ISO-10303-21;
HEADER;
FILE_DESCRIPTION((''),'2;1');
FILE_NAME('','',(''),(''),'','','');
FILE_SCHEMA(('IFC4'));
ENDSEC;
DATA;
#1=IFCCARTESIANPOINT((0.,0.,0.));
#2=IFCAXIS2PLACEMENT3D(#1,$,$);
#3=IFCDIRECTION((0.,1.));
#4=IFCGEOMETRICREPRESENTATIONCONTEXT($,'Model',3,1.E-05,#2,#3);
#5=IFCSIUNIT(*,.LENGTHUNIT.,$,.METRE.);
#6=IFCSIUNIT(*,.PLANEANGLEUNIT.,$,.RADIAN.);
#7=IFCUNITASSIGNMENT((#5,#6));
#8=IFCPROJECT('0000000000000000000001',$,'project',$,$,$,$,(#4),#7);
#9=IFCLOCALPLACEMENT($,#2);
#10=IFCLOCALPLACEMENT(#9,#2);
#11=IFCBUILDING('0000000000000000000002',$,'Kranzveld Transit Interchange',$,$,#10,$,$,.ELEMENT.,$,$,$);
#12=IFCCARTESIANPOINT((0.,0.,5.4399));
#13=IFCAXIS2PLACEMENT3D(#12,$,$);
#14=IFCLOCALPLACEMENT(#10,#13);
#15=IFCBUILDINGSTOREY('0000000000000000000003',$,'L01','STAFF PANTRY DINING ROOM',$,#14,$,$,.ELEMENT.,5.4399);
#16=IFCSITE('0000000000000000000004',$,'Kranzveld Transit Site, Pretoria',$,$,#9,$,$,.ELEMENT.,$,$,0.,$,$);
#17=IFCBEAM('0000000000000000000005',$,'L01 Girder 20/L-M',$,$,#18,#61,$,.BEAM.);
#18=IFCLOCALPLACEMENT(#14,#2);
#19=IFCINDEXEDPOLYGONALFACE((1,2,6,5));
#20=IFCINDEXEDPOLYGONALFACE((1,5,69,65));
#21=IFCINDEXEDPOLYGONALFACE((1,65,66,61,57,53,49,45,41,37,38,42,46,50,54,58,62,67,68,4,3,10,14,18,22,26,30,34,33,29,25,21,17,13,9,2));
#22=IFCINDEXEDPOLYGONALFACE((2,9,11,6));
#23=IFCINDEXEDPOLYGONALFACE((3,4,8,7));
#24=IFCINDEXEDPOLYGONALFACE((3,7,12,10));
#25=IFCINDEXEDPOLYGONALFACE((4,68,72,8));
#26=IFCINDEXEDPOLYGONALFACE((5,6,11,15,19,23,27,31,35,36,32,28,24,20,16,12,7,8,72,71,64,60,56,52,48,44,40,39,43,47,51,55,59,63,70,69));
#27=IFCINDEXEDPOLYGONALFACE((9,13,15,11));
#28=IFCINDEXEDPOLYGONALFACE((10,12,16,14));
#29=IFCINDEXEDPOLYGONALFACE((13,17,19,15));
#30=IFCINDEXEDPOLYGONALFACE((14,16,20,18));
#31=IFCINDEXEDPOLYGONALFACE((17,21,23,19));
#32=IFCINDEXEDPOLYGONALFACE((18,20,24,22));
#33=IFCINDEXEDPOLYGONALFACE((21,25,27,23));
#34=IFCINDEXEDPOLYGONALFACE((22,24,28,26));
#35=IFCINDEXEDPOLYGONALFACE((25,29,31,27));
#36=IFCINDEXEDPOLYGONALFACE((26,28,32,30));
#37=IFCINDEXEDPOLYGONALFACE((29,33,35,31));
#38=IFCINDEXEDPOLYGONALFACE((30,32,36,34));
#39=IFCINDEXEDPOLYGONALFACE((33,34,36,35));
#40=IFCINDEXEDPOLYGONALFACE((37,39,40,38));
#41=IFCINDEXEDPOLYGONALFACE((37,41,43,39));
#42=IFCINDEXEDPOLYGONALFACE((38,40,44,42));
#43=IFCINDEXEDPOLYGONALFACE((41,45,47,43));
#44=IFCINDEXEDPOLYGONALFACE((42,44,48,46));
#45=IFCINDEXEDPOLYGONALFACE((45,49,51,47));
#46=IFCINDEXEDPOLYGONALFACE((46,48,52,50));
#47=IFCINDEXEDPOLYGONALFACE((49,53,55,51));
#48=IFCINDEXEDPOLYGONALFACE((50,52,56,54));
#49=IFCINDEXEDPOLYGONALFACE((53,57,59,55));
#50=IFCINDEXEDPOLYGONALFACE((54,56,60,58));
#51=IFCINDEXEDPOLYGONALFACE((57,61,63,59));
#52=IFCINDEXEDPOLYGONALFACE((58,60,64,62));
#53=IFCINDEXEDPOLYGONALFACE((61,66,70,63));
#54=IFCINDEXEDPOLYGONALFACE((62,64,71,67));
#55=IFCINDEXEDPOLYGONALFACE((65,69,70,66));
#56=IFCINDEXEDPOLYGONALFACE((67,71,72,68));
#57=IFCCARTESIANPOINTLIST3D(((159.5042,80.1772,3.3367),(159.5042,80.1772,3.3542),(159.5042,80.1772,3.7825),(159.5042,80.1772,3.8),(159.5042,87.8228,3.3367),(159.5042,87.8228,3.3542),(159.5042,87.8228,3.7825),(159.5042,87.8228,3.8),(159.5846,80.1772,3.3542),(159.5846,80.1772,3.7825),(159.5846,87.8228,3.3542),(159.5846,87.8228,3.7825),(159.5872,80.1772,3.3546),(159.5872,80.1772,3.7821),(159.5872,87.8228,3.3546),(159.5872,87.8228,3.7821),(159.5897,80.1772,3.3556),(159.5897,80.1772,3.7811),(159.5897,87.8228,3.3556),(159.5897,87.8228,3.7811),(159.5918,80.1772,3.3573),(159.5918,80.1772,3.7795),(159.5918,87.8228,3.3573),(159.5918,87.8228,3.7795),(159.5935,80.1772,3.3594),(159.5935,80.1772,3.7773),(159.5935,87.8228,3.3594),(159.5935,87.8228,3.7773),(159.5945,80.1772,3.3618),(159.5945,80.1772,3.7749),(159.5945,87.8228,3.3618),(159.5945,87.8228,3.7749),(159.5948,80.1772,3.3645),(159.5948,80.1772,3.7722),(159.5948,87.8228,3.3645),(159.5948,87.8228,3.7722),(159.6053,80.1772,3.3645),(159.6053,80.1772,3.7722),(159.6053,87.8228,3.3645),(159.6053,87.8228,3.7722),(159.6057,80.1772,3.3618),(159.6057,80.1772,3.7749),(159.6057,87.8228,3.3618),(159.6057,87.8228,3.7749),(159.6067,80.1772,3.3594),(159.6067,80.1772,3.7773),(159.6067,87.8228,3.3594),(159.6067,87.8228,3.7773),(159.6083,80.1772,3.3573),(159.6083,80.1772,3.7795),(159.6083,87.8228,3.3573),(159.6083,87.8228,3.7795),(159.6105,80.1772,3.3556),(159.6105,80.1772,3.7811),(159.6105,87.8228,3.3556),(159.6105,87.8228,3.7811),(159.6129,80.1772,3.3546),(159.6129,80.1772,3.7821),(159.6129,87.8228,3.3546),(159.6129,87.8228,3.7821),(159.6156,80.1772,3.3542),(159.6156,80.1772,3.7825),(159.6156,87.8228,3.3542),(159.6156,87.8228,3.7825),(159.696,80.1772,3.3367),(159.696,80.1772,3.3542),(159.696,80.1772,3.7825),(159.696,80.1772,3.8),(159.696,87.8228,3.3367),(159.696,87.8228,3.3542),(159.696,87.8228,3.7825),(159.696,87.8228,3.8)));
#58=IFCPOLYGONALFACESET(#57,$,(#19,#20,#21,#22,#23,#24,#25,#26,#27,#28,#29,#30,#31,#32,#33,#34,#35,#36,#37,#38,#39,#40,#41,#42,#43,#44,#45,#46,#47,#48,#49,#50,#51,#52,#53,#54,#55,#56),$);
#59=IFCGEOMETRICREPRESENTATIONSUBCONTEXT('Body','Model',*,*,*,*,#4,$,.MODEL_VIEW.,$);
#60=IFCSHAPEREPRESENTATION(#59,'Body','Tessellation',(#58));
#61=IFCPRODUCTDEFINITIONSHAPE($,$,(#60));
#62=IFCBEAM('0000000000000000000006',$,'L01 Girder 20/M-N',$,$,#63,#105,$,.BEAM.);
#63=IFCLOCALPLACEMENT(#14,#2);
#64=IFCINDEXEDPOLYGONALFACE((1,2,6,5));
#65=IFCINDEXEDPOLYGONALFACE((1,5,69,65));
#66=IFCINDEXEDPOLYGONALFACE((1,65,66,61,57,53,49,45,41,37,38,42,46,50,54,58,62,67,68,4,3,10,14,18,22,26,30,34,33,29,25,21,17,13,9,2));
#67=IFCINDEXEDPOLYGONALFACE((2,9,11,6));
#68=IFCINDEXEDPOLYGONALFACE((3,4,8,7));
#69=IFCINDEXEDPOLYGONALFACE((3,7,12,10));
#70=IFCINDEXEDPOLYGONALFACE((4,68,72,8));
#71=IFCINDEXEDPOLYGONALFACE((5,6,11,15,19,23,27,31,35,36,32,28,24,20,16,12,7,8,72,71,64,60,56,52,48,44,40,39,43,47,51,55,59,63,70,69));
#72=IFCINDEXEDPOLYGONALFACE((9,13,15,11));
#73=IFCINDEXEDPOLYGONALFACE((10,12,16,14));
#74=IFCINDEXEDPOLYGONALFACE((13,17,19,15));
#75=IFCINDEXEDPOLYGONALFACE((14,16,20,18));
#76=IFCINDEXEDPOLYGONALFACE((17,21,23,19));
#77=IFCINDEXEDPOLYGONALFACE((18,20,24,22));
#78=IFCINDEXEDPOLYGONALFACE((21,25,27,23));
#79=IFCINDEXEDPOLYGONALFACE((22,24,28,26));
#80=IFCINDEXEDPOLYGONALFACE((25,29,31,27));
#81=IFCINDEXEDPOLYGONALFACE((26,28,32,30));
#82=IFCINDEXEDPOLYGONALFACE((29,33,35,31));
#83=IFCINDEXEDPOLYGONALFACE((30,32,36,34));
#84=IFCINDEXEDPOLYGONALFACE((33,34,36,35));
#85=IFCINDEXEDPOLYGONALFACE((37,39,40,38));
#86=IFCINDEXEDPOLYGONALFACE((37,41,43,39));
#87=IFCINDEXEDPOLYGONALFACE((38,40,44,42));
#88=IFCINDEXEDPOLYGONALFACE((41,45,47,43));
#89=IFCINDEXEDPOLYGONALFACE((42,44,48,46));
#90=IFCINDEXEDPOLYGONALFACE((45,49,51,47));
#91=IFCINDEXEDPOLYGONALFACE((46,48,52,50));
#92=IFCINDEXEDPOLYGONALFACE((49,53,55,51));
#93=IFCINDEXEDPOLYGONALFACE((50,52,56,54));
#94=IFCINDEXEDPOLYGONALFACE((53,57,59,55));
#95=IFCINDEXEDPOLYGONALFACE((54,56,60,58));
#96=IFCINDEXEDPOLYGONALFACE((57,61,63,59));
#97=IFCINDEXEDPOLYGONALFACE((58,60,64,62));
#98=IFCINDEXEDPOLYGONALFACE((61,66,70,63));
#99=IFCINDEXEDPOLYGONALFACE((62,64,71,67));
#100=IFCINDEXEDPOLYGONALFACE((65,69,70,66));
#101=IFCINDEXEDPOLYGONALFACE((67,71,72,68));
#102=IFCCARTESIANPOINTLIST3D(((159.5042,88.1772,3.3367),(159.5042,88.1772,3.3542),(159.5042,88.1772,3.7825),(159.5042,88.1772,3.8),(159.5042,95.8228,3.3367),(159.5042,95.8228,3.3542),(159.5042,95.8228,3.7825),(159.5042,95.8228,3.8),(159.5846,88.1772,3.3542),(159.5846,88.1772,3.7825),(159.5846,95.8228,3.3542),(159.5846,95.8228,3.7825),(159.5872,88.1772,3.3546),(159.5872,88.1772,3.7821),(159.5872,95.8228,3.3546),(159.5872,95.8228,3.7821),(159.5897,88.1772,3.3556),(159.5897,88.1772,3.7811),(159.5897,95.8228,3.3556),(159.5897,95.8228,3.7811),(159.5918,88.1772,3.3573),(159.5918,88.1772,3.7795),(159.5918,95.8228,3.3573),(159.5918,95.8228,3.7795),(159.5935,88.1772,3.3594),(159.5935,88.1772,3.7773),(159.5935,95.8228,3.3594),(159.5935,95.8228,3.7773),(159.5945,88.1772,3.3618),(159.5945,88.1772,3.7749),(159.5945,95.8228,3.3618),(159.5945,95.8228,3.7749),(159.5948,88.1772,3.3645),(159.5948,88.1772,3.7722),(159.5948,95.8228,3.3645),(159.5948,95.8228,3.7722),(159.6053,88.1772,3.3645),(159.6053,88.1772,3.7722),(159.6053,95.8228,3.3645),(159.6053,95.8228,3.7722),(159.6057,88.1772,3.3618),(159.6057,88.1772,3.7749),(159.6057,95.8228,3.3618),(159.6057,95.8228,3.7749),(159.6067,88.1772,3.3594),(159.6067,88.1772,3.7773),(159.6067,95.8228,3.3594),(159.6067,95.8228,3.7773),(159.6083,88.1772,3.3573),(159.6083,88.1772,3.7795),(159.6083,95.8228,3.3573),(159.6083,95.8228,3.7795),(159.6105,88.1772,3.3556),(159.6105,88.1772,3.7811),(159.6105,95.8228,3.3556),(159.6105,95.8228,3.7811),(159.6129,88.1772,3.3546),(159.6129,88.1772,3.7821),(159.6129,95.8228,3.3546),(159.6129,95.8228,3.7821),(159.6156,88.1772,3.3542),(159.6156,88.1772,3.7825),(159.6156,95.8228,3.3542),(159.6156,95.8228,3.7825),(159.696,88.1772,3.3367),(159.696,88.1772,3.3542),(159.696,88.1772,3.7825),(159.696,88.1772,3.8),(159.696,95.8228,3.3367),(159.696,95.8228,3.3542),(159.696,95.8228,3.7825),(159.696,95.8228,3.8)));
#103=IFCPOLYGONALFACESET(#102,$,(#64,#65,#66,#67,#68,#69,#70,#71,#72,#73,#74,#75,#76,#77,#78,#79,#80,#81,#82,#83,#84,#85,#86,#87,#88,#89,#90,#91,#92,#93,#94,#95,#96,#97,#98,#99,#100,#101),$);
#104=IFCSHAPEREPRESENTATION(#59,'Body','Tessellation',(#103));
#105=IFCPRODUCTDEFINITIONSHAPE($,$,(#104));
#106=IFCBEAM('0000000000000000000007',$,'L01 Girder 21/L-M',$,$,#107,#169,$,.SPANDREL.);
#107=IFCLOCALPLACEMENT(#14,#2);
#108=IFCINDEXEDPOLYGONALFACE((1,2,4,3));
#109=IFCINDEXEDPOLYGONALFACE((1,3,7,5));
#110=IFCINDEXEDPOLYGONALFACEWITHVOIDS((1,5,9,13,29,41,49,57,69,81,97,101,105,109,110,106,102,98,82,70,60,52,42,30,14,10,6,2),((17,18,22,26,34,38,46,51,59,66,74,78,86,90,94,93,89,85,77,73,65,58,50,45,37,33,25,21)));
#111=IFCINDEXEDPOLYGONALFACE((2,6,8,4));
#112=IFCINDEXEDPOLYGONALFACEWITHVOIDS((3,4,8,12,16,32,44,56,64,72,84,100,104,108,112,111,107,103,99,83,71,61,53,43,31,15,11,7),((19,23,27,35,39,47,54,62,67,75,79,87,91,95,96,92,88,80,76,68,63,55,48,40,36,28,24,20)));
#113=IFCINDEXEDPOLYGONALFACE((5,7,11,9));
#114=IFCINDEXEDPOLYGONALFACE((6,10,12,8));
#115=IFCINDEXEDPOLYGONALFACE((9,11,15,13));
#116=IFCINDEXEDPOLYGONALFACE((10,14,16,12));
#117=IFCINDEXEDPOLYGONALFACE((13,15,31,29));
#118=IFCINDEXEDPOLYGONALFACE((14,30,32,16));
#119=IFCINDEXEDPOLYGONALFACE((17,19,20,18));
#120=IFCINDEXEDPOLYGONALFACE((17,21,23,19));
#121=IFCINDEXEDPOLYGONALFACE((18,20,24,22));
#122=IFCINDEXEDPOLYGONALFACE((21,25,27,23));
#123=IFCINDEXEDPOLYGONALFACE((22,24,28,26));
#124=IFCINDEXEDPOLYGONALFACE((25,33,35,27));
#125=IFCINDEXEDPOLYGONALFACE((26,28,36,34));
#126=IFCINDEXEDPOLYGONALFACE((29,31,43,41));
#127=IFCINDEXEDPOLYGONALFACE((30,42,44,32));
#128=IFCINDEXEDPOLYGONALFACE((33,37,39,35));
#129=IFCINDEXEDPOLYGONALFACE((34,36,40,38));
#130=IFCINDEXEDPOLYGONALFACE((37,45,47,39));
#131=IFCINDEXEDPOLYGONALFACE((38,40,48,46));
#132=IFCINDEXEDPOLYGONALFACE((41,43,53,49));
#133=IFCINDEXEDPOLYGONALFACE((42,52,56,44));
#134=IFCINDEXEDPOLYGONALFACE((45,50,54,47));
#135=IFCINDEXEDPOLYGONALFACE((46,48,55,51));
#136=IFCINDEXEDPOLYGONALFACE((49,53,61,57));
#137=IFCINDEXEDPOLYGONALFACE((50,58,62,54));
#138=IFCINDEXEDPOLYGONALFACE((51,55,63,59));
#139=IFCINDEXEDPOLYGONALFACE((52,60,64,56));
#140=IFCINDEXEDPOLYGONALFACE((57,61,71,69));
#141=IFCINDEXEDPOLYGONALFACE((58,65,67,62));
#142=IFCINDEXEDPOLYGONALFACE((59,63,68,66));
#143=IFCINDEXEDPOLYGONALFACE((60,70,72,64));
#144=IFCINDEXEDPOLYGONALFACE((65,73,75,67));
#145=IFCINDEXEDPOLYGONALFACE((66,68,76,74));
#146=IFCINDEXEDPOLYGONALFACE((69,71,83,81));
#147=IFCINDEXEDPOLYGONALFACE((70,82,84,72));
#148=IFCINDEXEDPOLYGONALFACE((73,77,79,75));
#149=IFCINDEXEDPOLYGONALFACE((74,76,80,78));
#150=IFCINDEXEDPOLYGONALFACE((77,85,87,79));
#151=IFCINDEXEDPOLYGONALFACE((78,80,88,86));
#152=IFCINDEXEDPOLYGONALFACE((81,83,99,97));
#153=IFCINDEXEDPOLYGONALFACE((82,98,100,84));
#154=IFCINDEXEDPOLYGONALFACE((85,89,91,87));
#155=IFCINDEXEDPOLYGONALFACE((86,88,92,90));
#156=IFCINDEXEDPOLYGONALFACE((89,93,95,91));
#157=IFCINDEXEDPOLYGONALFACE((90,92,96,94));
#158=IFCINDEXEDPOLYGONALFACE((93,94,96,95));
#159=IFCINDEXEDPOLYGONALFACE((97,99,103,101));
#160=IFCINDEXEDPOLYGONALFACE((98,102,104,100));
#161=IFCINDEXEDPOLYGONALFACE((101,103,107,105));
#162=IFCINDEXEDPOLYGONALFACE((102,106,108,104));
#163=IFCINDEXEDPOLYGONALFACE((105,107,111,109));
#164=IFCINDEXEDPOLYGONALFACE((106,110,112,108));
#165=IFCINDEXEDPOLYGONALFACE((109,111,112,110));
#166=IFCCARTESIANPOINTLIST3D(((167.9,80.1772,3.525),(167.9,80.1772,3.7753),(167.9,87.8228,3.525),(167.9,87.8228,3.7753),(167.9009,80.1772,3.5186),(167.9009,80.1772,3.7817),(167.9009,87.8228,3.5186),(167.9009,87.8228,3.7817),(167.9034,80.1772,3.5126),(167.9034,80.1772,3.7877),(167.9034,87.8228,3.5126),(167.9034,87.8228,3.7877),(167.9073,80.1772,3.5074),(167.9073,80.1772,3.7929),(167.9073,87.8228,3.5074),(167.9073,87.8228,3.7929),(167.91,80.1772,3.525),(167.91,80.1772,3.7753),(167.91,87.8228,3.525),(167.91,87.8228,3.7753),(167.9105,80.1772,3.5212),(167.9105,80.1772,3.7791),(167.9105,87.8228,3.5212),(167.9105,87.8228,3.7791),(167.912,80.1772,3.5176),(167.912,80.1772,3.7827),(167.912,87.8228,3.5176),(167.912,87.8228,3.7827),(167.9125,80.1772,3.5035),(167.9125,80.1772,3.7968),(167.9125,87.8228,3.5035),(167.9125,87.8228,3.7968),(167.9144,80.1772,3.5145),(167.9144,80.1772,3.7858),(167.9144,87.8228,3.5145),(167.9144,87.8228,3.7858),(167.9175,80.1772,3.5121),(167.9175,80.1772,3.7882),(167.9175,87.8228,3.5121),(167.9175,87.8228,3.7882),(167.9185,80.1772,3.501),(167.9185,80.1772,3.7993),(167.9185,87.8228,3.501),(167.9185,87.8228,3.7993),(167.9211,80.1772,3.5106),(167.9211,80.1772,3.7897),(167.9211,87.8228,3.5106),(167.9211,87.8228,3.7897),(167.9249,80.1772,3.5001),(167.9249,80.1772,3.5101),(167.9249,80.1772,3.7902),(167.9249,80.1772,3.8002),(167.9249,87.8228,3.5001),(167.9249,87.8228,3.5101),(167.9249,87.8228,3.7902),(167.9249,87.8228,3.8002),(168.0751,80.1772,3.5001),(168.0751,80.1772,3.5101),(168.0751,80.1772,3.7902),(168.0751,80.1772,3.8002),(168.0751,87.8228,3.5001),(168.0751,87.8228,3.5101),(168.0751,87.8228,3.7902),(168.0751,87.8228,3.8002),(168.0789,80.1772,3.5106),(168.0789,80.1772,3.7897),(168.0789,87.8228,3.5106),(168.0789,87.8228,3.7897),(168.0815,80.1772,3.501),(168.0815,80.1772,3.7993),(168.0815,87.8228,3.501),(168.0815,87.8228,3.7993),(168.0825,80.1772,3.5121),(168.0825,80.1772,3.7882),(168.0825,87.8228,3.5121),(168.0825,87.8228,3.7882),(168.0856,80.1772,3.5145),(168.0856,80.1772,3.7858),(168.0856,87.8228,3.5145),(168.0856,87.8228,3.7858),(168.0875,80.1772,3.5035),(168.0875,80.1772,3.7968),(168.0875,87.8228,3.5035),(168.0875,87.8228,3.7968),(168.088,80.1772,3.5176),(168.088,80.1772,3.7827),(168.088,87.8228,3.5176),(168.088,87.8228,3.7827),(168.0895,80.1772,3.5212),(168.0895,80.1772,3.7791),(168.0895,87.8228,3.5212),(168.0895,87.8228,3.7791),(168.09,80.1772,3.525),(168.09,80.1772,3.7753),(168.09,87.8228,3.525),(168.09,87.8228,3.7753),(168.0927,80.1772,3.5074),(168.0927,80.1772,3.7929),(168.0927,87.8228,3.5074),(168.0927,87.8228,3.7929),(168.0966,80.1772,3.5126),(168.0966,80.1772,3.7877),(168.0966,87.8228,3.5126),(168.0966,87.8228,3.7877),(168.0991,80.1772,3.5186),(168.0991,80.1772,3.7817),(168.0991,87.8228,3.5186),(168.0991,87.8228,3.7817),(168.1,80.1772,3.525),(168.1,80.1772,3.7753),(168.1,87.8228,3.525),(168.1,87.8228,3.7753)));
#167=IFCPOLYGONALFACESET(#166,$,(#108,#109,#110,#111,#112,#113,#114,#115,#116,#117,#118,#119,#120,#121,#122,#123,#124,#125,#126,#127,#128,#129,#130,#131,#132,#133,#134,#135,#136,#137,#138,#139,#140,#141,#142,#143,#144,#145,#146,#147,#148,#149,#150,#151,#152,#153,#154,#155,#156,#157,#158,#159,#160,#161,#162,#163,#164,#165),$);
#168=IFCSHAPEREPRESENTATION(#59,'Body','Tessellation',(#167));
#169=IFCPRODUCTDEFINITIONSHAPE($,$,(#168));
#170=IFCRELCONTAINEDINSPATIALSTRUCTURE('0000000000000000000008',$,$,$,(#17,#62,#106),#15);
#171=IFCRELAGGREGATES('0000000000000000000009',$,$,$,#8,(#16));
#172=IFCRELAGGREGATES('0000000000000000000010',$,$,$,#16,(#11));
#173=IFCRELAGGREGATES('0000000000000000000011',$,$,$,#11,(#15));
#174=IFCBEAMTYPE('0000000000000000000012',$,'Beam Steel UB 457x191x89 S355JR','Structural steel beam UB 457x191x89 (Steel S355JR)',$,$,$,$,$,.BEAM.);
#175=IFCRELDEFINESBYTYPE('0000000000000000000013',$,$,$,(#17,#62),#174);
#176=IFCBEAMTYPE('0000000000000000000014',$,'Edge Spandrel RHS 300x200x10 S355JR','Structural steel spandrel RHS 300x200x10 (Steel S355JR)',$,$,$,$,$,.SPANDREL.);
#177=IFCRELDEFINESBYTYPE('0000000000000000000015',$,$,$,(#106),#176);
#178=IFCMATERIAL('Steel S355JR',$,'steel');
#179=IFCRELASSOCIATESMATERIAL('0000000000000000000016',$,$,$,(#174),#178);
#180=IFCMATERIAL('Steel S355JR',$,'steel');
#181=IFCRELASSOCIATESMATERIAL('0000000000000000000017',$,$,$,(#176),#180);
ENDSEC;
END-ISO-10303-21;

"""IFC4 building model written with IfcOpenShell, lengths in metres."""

from ifc_helpers import new_model, si_unit, direction, frame, origin, origin_2d, place, context, subcontext, project, spatial, hollow_rectangle, i_section, extrude, material, material_profile, profile_set, type_object, element, save


model = new_model("IFC4")

# Units and contexts
model_context = context("Model", 3, precision=1e-05, world=origin(), true_north=direction((0.0, 1.0)))
body_context = subcontext(model_context, "Body", "Model", "MODEL_VIEW")
ifc_project = project(units=[si_unit("LENGTHUNIT", "METRE"), si_unit("PLANEANGLEUNIT", "RADIAN")], contexts=[model_context])

# Site, building, storey
site_placement = place(None, origin())
site = spatial("IfcSite", under=ifc_project, at=site_placement, Name="Kranzveld Transit Site, Pretoria", CompositionType="ELEMENT", RefElevation=0.0)
building_placement = place(site_placement, origin())
building = spatial("IfcBuilding", under=site, at=building_placement, Name="Kranzveld Transit Interchange", CompositionType="ELEMENT")
storey_placement = place(building_placement, frame((0.0, 0.0, 5.4399)))
storey = spatial("IfcBuildingStorey", under=building, at=storey_placement, Name="L01", Description="STAFF PANTRY DINING ROOM", CompositionType="ELEMENT", Elevation=5.4399)

# Beams
ifc_material_1 = material(Name="Steel S355JR", Category="steel")
ifc_material_profile_1 = material_profile(ifc_material_1, i_section(OverallWidth=0.1919, OverallDepth=0.4634, WebThickness=0.0105, FlangeThickness=0.0176, FilletRadius=0.0103, at=origin_2d()), Name="UB 457x191x89")
ifc_profile_set_1 = profile_set([ifc_material_profile_1], Name="Steel S355JR")
beam_type_1 = type_object("IfcBeamType", Name="Beam Steel UB 457x191x89 S355JR", Description="Structural steel beam UB 457x191x89 (Steel S355JR)", PredefinedType="BEAM", material=ifc_profile_set_1)
for number, where, z_axis, x_axis, name in (
    (1, (159.6001, 80.1772, 3.5684), (0.0, 1.0, 0.0), (-1.0, 0.0, 0.0), "L01 Girder 20/L-M"),
    (2, (159.6001, 88.1772, 3.5684), (0.0, 1.0, 0.0), (-1.0, 0.0, 0.0), "L01 Girder 20/M-N"),
):
    element("IfcBeam", number, at=place(storey_placement, frame(where, z_axis=z_axis, x_axis=x_axis)), inside=storey, type_object=beam_type_1, Name=name, PredefinedType="BEAM", context=body_context, shape_type="SweptSolid", body=[
        extrude(i_section(OverallWidth=0.1919, OverallDepth=0.4634, WebThickness=0.0105, FlangeThickness=0.0176, FilletRadius=0.0103, at=origin_2d()), origin(), (0.0, 0.0, 1.0), 7.6455),
    ])
ifc_material_2 = material(Name="Steel S355JR", Category="steel")
ifc_material_profile_2 = material_profile(ifc_material_2, hollow_rectangle(XDim=0.2, YDim=0.3, WallThickness=0.01, InnerFilletRadius=0.0149, OuterFilletRadius=0.0249, at=origin_2d()), Name="RHS 300x200x10")
ifc_profile_set_2 = profile_set([ifc_material_profile_2], Name="Steel S355JR")
beam_type_2 = type_object("IfcBeamType", Name="Edge Spandrel RHS 300x200x10 S355JR", Description="Structural steel spandrel RHS 300x200x10 (Steel S355JR)", PredefinedType="SPANDREL", material=ifc_profile_set_2)
for number, where, z_axis, x_axis, name in (
    (3, (168.0, 80.1772, 3.6501), (0.0, 1.0, 0.0), (-1.0, 0.0, 0.0), "L01 Girder 21/L-M"),
):
    element("IfcBeam", number, at=place(storey_placement, frame(where, z_axis=z_axis, x_axis=x_axis)), inside=storey, type_object=beam_type_2, Name=name, PredefinedType="SPANDREL", context=body_context, shape_type="SweptSolid", body=[
        extrude(hollow_rectangle(XDim=0.2, YDim=0.3, WallThickness=0.01, InnerFilletRadius=0.0149, OuterFilletRadius=0.0249, at=origin_2d()), origin(), (0.0, 0.0, 1.0), 7.6455),
    ])

save(model, "model.ifc")
